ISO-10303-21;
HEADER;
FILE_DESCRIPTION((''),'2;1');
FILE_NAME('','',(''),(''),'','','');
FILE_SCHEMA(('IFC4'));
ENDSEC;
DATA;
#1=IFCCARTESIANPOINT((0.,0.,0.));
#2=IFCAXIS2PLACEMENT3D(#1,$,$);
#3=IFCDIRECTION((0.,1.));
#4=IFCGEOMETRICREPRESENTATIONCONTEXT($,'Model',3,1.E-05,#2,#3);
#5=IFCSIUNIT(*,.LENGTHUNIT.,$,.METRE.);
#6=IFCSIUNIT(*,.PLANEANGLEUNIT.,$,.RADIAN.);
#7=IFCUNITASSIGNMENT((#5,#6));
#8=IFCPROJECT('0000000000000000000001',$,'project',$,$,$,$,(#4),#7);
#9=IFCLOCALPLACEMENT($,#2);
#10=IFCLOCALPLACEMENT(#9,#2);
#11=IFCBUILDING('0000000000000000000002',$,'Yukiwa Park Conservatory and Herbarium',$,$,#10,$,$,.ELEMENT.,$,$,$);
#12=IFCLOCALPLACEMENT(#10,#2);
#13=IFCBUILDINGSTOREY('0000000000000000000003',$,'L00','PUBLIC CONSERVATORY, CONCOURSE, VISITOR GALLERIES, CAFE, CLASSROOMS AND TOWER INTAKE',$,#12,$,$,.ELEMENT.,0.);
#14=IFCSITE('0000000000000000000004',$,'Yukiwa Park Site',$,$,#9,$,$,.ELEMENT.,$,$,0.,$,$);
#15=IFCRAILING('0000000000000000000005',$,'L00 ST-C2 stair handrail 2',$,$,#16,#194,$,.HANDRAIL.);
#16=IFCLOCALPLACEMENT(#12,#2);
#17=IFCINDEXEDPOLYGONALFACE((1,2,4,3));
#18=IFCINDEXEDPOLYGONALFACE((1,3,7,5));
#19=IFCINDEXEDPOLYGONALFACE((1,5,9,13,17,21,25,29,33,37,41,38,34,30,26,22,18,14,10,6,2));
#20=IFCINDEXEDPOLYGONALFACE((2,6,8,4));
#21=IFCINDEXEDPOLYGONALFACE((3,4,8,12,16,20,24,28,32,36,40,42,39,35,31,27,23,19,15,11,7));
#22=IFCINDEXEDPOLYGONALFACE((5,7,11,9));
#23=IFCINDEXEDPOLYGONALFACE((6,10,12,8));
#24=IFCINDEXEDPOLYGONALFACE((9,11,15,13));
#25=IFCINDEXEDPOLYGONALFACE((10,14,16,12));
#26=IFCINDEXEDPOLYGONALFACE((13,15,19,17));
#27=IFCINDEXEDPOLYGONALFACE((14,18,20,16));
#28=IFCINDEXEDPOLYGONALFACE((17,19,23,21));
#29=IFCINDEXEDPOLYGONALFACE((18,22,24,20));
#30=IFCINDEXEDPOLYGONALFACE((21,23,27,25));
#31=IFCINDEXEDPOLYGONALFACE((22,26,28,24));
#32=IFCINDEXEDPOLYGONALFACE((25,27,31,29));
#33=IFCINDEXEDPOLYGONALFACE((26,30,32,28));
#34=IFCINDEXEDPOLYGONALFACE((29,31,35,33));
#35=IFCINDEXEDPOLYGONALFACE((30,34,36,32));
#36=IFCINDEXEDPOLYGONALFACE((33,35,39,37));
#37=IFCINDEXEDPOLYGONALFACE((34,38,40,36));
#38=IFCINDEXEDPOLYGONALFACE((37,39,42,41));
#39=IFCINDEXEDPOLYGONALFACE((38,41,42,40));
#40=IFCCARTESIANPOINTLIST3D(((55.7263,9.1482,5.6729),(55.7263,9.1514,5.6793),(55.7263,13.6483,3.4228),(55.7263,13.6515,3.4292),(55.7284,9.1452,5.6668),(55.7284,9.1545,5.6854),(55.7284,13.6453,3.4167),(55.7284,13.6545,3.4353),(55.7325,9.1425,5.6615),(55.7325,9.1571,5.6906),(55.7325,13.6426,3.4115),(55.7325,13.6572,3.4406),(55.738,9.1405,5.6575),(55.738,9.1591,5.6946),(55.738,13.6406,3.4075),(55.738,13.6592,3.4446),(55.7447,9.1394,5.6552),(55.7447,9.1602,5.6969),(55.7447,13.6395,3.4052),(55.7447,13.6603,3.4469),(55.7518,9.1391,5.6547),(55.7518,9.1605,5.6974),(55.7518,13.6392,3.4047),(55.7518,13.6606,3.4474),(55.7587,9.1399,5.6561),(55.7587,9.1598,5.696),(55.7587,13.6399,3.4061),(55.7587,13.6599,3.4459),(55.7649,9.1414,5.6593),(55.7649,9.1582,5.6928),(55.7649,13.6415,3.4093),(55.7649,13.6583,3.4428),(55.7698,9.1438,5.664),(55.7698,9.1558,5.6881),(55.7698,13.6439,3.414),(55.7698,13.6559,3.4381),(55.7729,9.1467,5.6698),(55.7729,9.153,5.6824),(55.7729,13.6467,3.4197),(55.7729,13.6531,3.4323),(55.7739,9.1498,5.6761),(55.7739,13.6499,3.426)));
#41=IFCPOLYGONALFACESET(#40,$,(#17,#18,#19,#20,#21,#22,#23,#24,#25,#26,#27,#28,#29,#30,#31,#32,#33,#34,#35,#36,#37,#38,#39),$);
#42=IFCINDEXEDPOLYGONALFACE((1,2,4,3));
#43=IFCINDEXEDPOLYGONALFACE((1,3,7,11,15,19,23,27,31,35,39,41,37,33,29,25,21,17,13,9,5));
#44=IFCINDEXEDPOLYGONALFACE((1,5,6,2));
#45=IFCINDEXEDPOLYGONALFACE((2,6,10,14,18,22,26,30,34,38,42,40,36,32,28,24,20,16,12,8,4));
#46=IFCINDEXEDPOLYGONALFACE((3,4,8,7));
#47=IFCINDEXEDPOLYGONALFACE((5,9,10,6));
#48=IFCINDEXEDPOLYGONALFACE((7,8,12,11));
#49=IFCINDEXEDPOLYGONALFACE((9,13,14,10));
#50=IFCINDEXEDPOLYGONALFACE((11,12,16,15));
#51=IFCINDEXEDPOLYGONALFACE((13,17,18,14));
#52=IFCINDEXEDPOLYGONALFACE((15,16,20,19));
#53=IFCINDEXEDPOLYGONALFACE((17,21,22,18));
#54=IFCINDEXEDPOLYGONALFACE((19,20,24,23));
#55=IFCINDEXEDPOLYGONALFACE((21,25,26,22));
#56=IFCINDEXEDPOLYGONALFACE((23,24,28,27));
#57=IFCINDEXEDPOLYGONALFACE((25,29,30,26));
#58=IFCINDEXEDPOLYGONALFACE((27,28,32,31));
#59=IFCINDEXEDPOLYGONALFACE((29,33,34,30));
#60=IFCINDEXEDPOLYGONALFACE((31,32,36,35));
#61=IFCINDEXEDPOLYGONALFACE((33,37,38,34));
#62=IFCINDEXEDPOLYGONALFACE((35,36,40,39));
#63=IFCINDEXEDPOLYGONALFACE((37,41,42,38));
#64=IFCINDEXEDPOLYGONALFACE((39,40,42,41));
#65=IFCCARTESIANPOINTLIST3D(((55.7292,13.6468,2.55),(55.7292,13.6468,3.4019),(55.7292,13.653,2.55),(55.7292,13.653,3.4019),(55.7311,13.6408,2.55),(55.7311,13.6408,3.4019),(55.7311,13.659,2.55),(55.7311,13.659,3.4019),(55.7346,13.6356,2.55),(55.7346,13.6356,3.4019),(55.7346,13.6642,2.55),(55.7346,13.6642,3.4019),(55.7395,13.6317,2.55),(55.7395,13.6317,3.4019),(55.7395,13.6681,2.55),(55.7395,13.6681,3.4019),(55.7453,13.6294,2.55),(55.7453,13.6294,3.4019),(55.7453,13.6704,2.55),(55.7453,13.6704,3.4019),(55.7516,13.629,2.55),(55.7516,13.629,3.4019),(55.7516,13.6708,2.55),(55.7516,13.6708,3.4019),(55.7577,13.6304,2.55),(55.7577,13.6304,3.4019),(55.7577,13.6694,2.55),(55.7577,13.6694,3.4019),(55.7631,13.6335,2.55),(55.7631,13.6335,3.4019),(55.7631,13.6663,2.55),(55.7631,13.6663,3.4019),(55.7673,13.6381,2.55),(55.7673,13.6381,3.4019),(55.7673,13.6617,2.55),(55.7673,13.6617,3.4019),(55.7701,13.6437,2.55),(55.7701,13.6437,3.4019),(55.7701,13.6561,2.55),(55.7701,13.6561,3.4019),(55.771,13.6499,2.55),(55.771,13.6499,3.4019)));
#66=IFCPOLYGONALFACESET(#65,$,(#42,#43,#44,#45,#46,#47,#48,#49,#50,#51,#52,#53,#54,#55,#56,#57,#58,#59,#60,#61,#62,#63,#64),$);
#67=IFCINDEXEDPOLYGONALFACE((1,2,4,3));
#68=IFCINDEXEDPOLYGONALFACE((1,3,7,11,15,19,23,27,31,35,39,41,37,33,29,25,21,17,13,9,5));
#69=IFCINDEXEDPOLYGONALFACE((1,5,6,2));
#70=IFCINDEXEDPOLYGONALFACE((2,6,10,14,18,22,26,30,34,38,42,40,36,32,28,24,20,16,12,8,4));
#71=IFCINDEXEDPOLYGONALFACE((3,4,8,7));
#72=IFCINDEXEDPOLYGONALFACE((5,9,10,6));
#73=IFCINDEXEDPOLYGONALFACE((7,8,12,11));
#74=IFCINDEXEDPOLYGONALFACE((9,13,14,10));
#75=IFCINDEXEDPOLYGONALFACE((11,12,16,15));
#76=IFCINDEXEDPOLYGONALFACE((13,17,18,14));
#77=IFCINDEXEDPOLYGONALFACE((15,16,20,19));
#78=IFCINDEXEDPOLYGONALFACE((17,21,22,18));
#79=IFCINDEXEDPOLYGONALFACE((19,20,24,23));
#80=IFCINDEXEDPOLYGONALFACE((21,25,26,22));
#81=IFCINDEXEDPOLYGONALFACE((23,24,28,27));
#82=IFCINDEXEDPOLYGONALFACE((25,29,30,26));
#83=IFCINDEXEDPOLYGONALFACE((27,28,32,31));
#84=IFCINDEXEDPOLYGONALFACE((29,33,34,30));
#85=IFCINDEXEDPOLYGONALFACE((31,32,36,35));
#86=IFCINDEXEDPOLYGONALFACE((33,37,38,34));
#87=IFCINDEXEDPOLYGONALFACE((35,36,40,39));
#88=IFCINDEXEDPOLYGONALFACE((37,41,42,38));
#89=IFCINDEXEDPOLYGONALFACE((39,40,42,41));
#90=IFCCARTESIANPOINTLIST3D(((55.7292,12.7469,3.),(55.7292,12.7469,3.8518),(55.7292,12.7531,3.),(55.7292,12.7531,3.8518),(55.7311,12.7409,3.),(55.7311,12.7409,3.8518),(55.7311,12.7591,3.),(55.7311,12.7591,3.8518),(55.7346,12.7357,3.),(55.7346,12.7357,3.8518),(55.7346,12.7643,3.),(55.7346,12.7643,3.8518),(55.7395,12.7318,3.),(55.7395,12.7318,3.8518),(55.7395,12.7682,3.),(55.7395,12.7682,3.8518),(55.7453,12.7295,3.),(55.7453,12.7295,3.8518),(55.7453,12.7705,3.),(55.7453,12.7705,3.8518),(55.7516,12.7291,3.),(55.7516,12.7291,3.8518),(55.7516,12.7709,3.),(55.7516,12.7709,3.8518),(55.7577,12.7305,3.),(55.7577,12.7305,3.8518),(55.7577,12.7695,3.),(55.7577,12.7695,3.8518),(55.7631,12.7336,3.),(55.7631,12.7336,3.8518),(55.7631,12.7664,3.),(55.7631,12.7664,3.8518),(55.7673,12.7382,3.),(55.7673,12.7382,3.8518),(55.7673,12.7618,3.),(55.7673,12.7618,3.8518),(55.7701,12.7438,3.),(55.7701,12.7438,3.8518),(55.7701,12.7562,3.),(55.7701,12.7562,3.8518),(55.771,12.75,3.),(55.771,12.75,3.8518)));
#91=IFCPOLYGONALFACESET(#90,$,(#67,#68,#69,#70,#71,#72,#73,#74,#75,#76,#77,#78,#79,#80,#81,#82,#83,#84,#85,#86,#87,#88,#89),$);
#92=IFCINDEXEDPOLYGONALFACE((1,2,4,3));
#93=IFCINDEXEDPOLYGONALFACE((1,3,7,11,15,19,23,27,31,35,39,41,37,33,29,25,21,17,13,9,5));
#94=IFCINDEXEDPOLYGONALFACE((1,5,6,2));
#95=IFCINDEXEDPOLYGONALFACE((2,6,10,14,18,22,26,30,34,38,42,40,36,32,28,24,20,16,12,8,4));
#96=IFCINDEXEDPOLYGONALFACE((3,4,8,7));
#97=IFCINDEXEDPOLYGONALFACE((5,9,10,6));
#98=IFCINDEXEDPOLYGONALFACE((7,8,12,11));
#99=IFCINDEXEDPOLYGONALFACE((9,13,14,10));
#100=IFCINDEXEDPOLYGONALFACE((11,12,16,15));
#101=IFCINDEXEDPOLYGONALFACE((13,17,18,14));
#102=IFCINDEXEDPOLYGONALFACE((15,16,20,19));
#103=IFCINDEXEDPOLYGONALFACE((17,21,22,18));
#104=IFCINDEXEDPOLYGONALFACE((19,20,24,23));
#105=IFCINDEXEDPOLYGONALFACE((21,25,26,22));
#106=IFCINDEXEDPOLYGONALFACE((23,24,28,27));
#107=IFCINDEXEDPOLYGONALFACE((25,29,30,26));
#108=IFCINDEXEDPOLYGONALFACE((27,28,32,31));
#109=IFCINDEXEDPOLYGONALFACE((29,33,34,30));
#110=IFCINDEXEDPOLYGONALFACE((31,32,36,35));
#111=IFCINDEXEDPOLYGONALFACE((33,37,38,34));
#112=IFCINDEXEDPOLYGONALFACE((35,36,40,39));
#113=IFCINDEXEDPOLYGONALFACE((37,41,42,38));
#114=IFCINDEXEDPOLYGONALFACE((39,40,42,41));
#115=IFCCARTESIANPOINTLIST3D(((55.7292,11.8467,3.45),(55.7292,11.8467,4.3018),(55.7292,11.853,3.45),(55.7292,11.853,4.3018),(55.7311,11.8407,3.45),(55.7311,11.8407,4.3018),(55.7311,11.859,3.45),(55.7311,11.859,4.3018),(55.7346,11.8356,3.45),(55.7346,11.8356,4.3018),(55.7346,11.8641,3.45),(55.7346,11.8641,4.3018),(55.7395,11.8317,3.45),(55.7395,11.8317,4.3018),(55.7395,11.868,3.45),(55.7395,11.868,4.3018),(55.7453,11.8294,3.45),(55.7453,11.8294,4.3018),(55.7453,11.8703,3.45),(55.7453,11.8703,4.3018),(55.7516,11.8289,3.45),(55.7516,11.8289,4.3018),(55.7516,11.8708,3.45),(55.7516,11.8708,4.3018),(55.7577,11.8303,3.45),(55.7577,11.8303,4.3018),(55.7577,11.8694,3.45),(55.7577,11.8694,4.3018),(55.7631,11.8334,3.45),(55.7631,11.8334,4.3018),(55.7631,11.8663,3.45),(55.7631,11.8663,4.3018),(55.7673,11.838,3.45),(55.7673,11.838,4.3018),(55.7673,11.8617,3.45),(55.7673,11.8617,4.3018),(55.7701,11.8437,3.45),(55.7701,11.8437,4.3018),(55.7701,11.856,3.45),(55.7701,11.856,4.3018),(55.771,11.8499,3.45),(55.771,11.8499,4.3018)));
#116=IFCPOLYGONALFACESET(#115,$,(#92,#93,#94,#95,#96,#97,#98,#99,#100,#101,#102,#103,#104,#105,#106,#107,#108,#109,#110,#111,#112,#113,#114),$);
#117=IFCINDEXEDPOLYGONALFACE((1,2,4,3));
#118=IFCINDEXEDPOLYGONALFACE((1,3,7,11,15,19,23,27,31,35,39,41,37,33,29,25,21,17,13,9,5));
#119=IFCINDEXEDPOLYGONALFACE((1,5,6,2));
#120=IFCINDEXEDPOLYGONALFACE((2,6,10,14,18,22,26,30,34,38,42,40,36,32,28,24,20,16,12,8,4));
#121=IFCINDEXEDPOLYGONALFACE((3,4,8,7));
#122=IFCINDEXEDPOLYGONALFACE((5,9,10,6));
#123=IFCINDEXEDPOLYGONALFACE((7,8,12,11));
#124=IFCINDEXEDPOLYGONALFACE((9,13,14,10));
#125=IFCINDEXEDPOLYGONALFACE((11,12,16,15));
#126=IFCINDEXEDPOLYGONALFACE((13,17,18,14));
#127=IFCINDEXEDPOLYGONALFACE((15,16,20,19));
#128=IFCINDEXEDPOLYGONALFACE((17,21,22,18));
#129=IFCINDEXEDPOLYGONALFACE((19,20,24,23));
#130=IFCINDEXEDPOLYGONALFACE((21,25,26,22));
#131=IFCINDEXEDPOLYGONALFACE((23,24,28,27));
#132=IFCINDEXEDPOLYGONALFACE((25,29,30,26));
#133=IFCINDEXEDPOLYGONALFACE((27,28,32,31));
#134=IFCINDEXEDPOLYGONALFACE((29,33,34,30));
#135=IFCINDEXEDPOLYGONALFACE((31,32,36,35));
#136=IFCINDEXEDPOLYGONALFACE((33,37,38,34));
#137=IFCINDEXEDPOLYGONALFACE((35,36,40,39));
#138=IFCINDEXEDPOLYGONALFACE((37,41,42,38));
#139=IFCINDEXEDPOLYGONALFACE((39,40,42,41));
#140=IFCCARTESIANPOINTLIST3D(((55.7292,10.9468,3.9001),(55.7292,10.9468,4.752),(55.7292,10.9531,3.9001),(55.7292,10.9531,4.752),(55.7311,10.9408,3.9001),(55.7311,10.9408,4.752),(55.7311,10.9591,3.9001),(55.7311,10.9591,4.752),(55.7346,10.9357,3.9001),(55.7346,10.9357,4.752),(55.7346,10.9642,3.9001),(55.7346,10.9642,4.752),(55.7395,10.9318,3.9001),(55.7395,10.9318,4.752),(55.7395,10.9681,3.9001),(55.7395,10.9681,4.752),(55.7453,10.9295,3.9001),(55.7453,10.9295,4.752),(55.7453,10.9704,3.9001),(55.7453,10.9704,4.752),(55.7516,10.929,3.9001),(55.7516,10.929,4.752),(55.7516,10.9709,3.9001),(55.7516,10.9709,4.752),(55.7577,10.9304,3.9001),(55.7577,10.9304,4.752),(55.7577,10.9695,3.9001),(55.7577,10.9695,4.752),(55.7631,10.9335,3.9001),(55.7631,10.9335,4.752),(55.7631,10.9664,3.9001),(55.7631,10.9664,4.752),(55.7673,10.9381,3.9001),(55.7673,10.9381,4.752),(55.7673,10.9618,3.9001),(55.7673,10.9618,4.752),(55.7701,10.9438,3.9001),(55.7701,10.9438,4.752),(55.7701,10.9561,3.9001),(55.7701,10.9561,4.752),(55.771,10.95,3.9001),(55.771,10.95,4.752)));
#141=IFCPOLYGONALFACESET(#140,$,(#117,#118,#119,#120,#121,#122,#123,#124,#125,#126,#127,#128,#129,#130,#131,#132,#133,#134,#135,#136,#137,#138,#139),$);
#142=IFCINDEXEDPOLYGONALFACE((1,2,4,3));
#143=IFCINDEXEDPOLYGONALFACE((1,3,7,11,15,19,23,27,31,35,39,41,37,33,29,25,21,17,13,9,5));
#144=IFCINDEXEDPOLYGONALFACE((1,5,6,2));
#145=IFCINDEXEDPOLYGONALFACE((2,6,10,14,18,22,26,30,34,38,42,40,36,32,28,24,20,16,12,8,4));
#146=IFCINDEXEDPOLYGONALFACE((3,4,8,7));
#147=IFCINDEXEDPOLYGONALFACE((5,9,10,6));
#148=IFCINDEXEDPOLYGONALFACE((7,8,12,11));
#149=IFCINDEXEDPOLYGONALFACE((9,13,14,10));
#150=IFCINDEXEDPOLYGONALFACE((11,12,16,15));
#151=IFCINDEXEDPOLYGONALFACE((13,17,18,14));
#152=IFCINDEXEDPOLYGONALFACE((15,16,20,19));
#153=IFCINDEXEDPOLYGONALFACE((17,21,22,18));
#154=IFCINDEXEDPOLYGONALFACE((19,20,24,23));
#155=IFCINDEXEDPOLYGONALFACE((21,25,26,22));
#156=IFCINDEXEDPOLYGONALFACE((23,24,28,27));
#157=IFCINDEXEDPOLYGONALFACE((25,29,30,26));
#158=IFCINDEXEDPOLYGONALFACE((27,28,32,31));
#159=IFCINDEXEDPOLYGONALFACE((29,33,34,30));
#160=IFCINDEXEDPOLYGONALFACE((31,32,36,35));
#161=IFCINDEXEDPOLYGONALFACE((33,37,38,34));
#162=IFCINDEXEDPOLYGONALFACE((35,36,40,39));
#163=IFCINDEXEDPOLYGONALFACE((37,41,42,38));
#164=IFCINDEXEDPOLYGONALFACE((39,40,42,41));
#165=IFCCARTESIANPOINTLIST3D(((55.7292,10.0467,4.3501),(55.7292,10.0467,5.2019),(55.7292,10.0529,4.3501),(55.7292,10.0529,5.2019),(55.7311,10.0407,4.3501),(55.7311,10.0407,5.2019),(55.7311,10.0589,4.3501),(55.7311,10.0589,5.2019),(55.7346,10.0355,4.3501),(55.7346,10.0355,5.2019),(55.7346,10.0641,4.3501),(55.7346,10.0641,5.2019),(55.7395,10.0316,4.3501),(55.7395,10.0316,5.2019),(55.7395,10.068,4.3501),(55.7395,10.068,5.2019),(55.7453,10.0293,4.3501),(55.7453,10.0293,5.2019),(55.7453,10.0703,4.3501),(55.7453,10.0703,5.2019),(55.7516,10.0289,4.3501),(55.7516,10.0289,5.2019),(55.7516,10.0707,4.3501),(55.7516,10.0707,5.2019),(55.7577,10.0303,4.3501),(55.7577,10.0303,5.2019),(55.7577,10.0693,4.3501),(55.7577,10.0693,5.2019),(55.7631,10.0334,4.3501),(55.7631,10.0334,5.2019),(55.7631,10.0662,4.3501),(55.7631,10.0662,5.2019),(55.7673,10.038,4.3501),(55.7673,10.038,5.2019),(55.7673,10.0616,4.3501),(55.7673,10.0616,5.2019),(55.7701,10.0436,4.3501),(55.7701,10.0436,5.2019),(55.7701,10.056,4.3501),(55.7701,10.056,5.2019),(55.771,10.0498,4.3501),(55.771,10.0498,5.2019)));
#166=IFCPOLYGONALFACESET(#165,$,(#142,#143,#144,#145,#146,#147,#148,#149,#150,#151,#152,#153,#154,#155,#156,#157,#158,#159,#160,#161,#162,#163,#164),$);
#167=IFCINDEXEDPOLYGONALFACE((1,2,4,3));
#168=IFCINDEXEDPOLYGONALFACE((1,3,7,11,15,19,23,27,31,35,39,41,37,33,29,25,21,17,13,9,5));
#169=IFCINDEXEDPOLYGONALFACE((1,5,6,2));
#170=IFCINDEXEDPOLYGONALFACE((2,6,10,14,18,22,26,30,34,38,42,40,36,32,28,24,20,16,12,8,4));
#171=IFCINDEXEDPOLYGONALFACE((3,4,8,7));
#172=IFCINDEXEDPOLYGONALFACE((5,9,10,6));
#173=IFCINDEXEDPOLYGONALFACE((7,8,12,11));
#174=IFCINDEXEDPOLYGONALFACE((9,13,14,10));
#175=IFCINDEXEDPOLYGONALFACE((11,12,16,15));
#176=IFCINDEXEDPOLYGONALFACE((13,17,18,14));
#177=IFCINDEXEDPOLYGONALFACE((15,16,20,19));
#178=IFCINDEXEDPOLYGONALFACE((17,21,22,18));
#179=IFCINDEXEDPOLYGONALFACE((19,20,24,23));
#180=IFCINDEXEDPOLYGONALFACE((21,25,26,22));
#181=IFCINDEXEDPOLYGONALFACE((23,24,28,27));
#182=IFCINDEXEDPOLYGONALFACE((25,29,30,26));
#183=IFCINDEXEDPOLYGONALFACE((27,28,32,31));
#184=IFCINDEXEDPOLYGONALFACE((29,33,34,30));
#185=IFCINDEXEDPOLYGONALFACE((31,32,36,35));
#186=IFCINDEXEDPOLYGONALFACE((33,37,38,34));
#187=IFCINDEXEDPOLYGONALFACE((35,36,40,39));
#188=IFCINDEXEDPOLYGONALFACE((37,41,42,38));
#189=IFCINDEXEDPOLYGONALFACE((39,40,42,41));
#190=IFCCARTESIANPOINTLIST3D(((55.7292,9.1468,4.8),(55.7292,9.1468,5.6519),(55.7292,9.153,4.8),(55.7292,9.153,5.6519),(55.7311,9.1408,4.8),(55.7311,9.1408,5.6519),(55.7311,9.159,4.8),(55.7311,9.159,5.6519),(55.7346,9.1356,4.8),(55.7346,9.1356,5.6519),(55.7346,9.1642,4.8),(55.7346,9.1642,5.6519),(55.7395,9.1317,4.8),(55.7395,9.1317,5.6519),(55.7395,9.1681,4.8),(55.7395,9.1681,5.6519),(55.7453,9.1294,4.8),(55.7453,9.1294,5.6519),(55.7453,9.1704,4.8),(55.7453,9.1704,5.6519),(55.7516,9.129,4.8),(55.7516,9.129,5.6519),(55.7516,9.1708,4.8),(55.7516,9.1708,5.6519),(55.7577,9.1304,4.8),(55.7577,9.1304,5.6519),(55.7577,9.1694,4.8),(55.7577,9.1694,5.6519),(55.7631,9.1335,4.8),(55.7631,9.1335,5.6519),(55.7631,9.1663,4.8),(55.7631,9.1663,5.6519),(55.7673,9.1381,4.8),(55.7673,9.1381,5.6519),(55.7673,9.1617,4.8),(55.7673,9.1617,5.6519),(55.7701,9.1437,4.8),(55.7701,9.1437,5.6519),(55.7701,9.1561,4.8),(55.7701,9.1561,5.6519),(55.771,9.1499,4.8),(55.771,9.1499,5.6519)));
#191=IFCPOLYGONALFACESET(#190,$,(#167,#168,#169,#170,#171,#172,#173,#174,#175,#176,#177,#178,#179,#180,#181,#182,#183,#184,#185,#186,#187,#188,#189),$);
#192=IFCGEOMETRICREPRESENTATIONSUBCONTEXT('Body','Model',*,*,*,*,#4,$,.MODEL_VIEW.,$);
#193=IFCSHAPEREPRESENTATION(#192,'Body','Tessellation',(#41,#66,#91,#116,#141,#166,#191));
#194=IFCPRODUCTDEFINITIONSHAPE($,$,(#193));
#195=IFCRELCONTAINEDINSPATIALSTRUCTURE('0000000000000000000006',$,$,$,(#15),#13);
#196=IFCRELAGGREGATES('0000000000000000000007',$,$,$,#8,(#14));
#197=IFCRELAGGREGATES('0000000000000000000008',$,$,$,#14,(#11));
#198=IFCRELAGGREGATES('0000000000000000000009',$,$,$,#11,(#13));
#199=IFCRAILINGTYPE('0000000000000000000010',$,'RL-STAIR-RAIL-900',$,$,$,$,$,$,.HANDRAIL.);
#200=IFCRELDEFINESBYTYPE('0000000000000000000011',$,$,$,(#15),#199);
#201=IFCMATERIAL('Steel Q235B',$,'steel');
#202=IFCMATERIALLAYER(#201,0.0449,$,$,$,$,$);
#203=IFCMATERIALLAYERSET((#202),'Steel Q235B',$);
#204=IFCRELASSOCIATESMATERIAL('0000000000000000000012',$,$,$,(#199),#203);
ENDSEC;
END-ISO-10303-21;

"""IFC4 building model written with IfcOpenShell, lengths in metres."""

from ifc_helpers import new_model, si_unit, direction, frame, origin, origin_2d, place, context, subcontext, project, spatial, circle, extrude, material, layer, layer_set, type_object, element, save


model = new_model("IFC4")

# Units and contexts
model_context = context("Model", 3, precision=1e-05, world=origin(), true_north=direction((0.0, 1.0)))
body_context = subcontext(model_context, "Body", "Model", "MODEL_VIEW")
ifc_project = project(units=[si_unit("LENGTHUNIT", "METRE"), si_unit("PLANEANGLEUNIT", "RADIAN")], contexts=[model_context])

# Site, building, storey
site_placement = place(None, origin())
site = spatial("IfcSite", under=ifc_project, at=site_placement, Name="Yukiwa Park Site", CompositionType="ELEMENT", RefElevation=0.0)
building_placement = place(site_placement, origin())
building = spatial("IfcBuilding", under=site, at=building_placement, Name="Yukiwa Park Conservatory and Herbarium", CompositionType="ELEMENT")
storey_placement = place(building_placement, origin())
storey = spatial("IfcBuildingStorey", under=building, at=storey_placement, Name="L00", Description="PUBLIC CONSERVATORY, CONCOURSE, VISITOR GALLERIES, CAFE, CLASSROOMS AND TOWER INTAKE", CompositionType="ELEMENT", Elevation=0.0)

# Railing
ifc_material_1 = material(Name="Steel Q235B", Category="steel")
ifc_layer_1 = layer(ifc_material_1, 0.0449)
ifc_layer_set_1 = layer_set([ifc_layer_1], Name="Steel Q235B")
railing_type_1 = type_object("IfcRailingType", Name="RL-STAIR-RAIL-900", PredefinedType="HANDRAIL", material=ifc_layer_set_1)
railing_1_placement = place(storey_placement, frame((55.75, 13.6499, 2.55)))
element("IfcRailing", 1, at=railing_1_placement, inside=storey, type_object=railing_type_1, Name="L00 ST-C2 stair handrail 2", PredefinedType="HANDRAIL", context=body_context, shape_type="SweptSolid", body=[
    extrude(circle(Radius=0.0239, at=origin_2d()), frame((0.0, 0.0, 0.876), z_axis=(0.0, -0.894427, 0.447214), x_axis=(1.0, 0.0, 0.0)), (0.0, 0.0, 1.0), 5.0312),
    extrude(circle(Radius=0.021, at=origin_2d()), origin(), (0.0, 0.0, 1.0), 0.8518),
    extrude(circle(Radius=0.021, at=origin_2d()), frame((0.0, -0.8999, 0.45)), (0.0, 0.0, 1.0), 0.8518),
    extrude(circle(Radius=0.021, at=origin_2d()), frame((0.0, -1.8, 0.8999)), (0.0, 0.0, 1.0), 0.8518),
    extrude(circle(Radius=0.021, at=origin_2d()), frame((0.0, -2.7, 1.3501)), (0.0, 0.0, 1.0), 0.8518),
    extrude(circle(Radius=0.021, at=origin_2d()), frame((0.0, -3.6001, 1.8)), (0.0, 0.0, 1.0), 0.8518),
    extrude(circle(Radius=0.021, at=origin_2d()), frame((0.0, -4.5, 2.25)), (0.0, 0.0, 1.0), 0.8518),
])

save(model, "model.ifc")
